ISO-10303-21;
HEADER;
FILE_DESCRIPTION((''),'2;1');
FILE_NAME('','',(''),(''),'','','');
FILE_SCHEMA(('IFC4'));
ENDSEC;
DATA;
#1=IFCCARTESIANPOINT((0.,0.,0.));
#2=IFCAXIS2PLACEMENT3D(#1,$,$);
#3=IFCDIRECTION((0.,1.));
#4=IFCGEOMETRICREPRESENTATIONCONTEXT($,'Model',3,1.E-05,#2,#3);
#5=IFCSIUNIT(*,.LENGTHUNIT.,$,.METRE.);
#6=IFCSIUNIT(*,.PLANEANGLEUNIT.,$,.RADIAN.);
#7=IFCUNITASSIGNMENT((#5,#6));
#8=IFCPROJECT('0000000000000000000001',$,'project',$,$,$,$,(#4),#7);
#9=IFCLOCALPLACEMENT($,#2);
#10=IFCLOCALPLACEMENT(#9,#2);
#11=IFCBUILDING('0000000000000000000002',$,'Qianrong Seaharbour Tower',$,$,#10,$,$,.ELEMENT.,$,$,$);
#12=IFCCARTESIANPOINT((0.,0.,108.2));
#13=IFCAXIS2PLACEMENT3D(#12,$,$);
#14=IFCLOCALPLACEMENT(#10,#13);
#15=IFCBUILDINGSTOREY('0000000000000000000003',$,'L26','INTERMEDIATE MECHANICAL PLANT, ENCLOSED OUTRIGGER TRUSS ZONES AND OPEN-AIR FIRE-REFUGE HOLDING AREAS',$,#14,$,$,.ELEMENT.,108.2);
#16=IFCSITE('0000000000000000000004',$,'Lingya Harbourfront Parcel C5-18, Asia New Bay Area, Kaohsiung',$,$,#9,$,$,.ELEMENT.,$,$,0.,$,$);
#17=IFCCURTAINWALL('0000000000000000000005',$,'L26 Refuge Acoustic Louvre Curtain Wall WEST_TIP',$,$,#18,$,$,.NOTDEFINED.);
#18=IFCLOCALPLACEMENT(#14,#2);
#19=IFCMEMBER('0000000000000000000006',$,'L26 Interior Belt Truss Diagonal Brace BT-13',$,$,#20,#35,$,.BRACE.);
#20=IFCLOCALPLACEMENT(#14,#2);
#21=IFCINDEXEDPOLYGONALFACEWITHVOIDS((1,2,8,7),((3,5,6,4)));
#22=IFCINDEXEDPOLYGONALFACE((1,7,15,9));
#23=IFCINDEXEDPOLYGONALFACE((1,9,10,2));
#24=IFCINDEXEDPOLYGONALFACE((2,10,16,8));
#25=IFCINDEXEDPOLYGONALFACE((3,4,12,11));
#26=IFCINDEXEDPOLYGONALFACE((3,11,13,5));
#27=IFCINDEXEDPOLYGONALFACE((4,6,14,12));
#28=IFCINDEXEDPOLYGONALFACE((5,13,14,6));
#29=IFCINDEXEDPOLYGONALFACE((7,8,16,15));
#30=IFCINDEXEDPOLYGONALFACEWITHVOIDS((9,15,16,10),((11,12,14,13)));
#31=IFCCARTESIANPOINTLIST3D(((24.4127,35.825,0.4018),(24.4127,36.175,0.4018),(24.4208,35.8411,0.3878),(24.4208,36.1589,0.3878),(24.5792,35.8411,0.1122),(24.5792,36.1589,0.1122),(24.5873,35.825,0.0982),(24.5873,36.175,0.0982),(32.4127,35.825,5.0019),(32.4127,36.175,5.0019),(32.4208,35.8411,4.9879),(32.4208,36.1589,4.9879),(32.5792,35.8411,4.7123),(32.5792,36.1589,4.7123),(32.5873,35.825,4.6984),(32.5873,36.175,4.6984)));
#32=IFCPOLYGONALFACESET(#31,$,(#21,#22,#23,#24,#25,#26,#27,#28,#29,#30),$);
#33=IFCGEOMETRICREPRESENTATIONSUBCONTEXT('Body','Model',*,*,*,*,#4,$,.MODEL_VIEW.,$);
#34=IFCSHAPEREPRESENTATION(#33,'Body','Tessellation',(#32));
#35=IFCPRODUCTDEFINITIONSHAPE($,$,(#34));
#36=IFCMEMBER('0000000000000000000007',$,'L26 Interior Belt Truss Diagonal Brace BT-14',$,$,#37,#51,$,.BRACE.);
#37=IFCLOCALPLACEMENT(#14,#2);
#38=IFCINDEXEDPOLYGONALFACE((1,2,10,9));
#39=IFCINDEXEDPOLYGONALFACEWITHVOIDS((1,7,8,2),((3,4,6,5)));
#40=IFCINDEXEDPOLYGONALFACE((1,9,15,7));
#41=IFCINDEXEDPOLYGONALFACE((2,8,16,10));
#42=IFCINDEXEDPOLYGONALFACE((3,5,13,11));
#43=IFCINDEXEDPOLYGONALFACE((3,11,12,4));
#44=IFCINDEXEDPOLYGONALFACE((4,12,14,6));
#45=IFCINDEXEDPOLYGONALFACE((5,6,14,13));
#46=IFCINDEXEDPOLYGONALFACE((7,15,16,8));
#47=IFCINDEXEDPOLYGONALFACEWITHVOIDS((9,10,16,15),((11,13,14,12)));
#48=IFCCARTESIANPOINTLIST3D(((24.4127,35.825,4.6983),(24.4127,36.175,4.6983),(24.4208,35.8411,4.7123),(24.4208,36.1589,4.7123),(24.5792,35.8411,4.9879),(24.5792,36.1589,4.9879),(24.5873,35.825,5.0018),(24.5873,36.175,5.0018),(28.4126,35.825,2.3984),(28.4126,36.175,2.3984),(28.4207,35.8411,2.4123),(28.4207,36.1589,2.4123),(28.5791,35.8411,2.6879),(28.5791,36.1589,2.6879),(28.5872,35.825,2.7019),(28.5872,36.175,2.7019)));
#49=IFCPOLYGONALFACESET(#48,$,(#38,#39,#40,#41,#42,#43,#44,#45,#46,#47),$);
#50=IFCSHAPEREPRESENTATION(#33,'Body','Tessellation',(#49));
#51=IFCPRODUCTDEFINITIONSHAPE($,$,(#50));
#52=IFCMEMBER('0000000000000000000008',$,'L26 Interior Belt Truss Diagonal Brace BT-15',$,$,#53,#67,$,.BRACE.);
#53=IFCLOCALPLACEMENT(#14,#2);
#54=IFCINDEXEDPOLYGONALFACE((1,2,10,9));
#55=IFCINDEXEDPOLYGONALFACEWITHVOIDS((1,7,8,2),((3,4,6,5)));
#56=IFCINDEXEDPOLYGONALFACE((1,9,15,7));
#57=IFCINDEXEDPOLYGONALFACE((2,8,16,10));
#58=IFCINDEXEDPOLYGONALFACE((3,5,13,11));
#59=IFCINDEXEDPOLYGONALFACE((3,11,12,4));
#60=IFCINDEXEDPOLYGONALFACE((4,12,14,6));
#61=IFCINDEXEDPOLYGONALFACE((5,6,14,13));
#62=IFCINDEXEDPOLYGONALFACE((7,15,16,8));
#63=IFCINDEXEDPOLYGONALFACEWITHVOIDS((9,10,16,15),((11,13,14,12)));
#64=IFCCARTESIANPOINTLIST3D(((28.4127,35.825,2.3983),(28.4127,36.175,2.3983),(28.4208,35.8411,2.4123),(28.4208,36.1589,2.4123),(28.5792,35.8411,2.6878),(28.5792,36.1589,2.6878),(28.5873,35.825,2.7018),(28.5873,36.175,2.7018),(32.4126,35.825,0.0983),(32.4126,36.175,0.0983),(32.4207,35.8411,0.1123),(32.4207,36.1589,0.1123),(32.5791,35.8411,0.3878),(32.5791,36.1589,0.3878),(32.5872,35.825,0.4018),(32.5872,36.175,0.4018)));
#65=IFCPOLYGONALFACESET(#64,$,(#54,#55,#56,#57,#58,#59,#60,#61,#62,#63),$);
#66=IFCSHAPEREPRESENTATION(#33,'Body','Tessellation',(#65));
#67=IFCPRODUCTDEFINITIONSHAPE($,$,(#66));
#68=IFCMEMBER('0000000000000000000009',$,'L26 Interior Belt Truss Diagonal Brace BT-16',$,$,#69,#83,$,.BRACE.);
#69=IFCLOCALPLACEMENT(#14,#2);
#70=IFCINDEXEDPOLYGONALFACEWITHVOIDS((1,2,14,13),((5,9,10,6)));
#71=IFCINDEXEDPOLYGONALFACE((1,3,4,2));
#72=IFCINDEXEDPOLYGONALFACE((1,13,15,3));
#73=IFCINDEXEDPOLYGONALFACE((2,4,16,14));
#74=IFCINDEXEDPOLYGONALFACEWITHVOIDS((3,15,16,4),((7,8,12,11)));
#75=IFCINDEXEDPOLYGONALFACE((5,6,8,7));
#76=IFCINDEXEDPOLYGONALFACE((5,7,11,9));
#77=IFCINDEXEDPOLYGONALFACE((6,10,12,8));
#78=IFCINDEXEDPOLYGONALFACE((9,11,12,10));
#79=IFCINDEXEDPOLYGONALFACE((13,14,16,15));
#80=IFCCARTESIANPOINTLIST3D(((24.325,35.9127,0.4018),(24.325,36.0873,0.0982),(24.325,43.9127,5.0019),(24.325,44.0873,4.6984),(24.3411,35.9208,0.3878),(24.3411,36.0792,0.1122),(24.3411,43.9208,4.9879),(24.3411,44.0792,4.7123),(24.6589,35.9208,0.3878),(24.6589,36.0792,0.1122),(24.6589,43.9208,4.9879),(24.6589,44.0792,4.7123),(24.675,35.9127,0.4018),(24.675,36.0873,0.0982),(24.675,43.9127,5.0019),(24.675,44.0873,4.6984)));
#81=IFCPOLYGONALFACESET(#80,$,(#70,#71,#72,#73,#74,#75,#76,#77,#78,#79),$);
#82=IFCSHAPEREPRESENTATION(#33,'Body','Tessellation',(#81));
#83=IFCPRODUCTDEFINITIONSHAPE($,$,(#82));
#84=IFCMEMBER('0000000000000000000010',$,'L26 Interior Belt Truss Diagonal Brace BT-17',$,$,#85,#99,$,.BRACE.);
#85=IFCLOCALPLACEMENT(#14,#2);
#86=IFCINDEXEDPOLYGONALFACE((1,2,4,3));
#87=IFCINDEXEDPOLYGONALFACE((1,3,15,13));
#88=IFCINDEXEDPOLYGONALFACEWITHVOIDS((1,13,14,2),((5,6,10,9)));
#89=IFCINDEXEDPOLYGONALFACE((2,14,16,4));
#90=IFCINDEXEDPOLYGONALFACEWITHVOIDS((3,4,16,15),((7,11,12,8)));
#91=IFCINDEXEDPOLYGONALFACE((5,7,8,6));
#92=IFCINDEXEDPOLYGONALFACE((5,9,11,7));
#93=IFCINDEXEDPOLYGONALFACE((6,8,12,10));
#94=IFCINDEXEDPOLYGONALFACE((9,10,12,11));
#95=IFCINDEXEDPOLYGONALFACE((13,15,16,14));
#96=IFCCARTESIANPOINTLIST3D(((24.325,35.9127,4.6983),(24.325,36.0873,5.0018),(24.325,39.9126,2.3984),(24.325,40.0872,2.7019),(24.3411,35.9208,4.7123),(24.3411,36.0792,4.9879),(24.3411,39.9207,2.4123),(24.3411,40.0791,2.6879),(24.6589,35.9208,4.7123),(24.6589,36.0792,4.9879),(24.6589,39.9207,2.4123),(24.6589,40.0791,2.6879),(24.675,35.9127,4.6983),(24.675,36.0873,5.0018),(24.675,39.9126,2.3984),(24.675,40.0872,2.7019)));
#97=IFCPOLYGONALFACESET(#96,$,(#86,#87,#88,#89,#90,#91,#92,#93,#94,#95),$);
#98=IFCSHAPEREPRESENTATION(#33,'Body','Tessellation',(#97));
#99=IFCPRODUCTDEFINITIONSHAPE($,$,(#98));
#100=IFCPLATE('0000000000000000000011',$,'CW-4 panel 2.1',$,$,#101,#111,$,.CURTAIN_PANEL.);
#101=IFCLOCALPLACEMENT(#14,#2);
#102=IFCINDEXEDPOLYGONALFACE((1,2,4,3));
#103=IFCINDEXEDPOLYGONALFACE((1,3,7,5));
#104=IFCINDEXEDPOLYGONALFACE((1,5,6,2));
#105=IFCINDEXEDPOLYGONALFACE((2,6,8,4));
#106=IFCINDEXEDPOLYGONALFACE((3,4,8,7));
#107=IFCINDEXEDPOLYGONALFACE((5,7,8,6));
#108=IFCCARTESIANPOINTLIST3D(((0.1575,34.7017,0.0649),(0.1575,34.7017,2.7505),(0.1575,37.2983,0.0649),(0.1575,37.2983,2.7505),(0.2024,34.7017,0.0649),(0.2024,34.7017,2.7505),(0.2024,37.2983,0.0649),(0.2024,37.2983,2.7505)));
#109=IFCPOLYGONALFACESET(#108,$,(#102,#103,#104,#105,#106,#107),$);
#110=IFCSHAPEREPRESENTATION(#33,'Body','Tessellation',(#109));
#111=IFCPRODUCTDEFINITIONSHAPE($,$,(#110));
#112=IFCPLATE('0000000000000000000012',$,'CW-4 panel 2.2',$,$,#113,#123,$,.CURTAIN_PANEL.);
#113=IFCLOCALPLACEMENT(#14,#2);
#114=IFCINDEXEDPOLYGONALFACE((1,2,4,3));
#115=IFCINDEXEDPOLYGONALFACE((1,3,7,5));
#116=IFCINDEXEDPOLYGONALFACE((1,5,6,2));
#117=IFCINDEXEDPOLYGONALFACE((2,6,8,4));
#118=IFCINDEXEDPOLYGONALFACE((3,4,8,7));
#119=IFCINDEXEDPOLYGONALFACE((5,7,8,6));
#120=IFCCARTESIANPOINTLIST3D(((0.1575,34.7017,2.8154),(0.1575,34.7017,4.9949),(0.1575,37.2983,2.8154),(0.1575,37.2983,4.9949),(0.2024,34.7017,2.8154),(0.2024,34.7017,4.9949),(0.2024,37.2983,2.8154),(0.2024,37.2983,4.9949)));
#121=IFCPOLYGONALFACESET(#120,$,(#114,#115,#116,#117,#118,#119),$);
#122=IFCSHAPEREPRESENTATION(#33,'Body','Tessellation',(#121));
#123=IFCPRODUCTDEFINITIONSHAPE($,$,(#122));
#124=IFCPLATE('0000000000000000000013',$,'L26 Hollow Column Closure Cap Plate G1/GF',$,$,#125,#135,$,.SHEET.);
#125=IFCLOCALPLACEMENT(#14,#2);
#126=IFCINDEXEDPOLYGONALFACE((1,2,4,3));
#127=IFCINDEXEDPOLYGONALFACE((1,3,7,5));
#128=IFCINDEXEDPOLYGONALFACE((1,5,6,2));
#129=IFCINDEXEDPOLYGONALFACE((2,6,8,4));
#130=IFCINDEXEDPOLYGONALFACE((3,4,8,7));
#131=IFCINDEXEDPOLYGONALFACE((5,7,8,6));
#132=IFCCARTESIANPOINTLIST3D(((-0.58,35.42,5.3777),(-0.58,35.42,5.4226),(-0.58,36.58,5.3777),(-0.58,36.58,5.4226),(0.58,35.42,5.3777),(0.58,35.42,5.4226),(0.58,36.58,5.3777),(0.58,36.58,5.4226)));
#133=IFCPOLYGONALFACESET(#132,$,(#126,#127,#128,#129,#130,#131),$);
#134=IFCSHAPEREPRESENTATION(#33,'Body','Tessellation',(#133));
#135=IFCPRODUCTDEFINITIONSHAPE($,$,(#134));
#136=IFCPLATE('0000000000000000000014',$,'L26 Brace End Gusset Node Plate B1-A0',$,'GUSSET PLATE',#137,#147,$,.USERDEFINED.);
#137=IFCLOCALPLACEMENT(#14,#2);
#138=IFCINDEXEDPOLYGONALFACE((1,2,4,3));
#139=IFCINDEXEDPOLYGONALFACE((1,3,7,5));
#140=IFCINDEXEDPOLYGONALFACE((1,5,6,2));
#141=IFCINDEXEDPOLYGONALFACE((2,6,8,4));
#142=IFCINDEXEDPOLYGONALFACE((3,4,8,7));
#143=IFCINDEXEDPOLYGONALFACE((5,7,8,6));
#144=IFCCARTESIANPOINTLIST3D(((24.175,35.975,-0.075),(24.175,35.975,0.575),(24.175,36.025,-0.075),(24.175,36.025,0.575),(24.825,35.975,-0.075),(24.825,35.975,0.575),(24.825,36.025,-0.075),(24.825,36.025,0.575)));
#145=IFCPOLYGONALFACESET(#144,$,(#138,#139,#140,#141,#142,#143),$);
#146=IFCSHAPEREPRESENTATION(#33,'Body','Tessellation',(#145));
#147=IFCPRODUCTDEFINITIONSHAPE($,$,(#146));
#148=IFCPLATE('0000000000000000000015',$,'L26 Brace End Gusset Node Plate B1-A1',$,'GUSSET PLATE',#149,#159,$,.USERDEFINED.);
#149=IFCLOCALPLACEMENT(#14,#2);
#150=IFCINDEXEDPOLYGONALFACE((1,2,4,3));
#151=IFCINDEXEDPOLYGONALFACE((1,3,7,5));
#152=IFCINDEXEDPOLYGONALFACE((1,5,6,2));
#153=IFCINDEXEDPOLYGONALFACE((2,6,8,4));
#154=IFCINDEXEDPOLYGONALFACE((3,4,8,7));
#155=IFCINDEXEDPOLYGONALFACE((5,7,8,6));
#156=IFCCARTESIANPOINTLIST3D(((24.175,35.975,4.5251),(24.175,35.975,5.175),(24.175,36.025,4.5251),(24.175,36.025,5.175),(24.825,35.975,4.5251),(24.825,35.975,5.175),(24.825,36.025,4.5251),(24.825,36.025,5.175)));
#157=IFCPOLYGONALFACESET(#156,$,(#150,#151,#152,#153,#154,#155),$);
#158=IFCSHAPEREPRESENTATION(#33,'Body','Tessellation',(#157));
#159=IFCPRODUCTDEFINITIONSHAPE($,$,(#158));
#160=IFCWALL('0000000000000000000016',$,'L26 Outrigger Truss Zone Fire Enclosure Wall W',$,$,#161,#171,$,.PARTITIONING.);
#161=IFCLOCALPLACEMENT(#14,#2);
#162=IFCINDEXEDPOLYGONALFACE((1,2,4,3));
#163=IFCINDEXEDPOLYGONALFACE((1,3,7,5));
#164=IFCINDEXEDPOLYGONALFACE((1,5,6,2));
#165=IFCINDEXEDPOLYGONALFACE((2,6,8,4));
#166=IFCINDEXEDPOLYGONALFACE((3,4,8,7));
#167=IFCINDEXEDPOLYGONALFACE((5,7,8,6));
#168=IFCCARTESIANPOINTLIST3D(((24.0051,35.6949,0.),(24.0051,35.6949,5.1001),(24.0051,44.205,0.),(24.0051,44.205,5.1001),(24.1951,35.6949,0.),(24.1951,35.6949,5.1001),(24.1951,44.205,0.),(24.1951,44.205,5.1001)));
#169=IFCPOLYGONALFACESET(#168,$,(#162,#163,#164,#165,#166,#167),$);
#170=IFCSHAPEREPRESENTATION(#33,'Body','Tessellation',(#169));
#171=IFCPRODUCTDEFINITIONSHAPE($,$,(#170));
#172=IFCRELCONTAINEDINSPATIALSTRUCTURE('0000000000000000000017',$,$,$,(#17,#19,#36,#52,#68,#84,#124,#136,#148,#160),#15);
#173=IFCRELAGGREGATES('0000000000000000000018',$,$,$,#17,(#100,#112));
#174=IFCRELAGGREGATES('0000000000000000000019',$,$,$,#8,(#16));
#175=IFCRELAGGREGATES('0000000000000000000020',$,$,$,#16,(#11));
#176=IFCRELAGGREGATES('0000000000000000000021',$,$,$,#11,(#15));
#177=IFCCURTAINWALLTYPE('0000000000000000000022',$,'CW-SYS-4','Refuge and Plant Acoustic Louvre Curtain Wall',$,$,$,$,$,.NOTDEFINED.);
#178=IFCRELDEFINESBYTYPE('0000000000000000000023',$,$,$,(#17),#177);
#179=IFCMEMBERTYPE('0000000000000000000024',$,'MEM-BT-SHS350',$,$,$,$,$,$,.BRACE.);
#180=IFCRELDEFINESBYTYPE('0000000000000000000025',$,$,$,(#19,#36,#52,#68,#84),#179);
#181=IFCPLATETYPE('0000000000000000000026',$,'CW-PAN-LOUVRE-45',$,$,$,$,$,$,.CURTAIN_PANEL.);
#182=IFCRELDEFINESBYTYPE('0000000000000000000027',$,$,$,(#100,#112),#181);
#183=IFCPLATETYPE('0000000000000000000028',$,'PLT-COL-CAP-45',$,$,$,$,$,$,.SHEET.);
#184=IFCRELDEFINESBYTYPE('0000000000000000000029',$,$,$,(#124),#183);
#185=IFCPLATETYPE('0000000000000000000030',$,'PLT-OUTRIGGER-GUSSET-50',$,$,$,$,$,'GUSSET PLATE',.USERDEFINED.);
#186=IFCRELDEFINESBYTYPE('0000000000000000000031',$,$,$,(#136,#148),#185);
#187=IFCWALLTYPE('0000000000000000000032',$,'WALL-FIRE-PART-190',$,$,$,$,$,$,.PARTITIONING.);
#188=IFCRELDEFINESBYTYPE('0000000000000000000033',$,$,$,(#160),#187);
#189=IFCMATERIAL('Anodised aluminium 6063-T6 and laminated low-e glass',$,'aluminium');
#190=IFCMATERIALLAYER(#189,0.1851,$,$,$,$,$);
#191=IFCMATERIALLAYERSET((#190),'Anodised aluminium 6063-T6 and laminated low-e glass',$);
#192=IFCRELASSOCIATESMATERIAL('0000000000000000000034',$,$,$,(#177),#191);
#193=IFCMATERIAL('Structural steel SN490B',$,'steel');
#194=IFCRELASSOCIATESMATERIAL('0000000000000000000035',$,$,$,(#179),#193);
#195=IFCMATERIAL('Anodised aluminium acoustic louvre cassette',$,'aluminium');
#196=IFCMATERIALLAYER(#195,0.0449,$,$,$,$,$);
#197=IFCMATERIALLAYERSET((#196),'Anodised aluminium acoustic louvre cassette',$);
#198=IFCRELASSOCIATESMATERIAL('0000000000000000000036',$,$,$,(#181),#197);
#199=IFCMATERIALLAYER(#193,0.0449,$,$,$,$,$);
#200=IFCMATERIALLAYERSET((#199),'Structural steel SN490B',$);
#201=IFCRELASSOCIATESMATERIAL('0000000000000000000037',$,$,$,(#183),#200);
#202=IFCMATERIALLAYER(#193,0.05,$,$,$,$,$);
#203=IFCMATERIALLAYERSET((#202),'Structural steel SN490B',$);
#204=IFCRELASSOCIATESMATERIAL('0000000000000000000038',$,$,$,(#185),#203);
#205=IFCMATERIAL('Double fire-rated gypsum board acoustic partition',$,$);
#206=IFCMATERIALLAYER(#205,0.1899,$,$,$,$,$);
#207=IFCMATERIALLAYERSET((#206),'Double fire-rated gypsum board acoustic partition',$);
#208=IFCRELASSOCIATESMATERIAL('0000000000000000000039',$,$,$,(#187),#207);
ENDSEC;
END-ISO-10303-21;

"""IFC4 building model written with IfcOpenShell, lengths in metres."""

from ifc_helpers import new_model, si_unit, direction, frame, frame_2d, origin, origin_2d, place, context, subcontext, project, spatial, rectangle, hollow_rectangle, extrude, material, layer, layer_set, material_profile, profile_set, type_object, element, aggregate, save


model = new_model("IFC4")

# Units and contexts
model_context = context("Model", 3, precision=1e-05, world=origin(), true_north=direction((0.0, 1.0)))
body_context = subcontext(model_context, "Body", "Model", "MODEL_VIEW")
ifc_project = project(units=[si_unit("LENGTHUNIT", "METRE"), si_unit("PLANEANGLEUNIT", "RADIAN")], contexts=[model_context])

# Site, building, storey
site_placement = place(None, origin())
site = spatial("IfcSite", under=ifc_project, at=site_placement, Name="Lingya Harbourfront Parcel C5-18, Asia New Bay Area, Kaohsiung", CompositionType="ELEMENT", RefElevation=0.0)
building_placement = place(site_placement, origin())
building = spatial("IfcBuilding", under=site, at=building_placement, Name="Qianrong Seaharbour Tower", CompositionType="ELEMENT")
storey_placement = place(building_placement, frame((0.0, 0.0, 108.2)))
storey = spatial("IfcBuildingStorey", under=building, at=storey_placement, Name="L26", Description="INTERMEDIATE MECHANICAL PLANT, ENCLOSED OUTRIGGER TRUSS ZONES AND OPEN-AIR FIRE-REFUGE HOLDING AREAS", CompositionType="ELEMENT", Elevation=108.2)

# Shared definitions
ifc_material_1 = material(Name="Structural steel SN490B", Category="steel")

# Curtain wall
ifc_material_2 = material(Name="Anodised aluminium 6063-T6 and laminated low-e glass", Category="aluminium")
ifc_layer_1 = layer(ifc_material_2, 0.1851)
ifc_layer_set_1 = layer_set([ifc_layer_1], Name="Anodised aluminium 6063-T6 and laminated low-e glass")
curtain_wall_type = type_object("IfcCurtainWallType", Name="CW-SYS-4", Description="Refuge and Plant Acoustic Louvre Curtain Wall", PredefinedType="NOTDEFINED", material=ifc_layer_set_1)
curtain_wall_placement = place(storey_placement, origin())
curtain_wall = element("IfcCurtainWall", 1, at=curtain_wall_placement, inside=storey, type_object=curtain_wall_type, Name="L26 Refuge Acoustic Louvre Curtain Wall WEST_TIP", PredefinedType="NOTDEFINED")

# Members
ifc_material_profile_1 = material_profile(ifc_material_1, hollow_rectangle(XDim=0.3501, YDim=0.3501, WallThickness=0.0161, at=origin_2d()), Name="SHS350x350x16")
ifc_profile_set_1 = profile_set([ifc_material_profile_1], Name="Structural steel SN490B")
member_type_1 = type_object("IfcMemberType", Name="MEM-BT-SHS350", PredefinedType="BRACE", material=ifc_profile_set_1)
member_1_placement = place(storey_placement, frame((24.5, 36.0, 0.25), z_axis=(0.866902, 0.0, 0.498479), x_axis=(0.0, 1.0, 0.0)))
element("IfcMember", 2, at=member_1_placement, inside=storey, type_object=member_type_1, Name="L26 Interior Belt Truss Diagonal Brace BT-13", PredefinedType="BRACE", context=body_context, shape_type="SweptSolid", body=[
    extrude(hollow_rectangle(XDim=0.3501, YDim=0.3501, WallThickness=0.0161, at=origin_2d()), origin(), (0.0, 0.0, 1.0), 9.2283),
])
for number, where, z_axis, x_axis, name in (
    (3, (24.5, 36.0, 4.8501), (0.866902, 0.0, -0.498479), (0.0, 1.0, 0.0), "L26 Interior Belt Truss Diagonal Brace BT-14"),
    (4, (28.5, 36.0, 2.55), (0.866902, 0.0, -0.498479), (0.0, 1.0, 0.0), "L26 Interior Belt Truss Diagonal Brace BT-15"),
):
    element("IfcMember", number, at=place(storey_placement, frame(where, z_axis=z_axis, x_axis=x_axis)), inside=storey, type_object=member_type_1, Name=name, PredefinedType="BRACE", context=body_context, shape_type="SweptSolid", body=[
        extrude(hollow_rectangle(XDim=0.3501, YDim=0.3501, WallThickness=0.0161, at=origin_2d()), origin(), (0.0, 0.0, 1.0), 4.614),
    ])
member_2_placement = place(storey_placement, frame((24.5, 36.0, 0.25), z_axis=(0.0, 0.866902, 0.498479), x_axis=(-1.0, 0.0, 0.0)))
element("IfcMember", 5, at=member_2_placement, inside=storey, type_object=member_type_1, Name="L26 Interior Belt Truss Diagonal Brace BT-16", PredefinedType="BRACE", context=body_context, shape_type="SweptSolid", body=[
    extrude(hollow_rectangle(XDim=0.3501, YDim=0.3501, WallThickness=0.0161, at=origin_2d()), origin(), (0.0, 0.0, 1.0), 9.2283),
])
member_3_placement = place(storey_placement, frame((24.5, 36.0, 4.8501), z_axis=(0.0, 0.866902, -0.498479), x_axis=(-1.0, 0.0, 0.0)))
element("IfcMember", 6, at=member_3_placement, inside=storey, type_object=member_type_1, Name="L26 Interior Belt Truss Diagonal Brace BT-17", PredefinedType="BRACE", context=body_context, shape_type="SweptSolid", body=[
    extrude(hollow_rectangle(XDim=0.3501, YDim=0.3501, WallThickness=0.0161, at=origin_2d()), origin(), (0.0, 0.0, 1.0), 4.614),
])

# Plates
ifc_material_3 = material(Name="Anodised aluminium acoustic louvre cassette", Category="aluminium")
ifc_layer_2 = layer(ifc_material_3, 0.0449)
ifc_layer_set_2 = layer_set([ifc_layer_2], Name="Anodised aluminium acoustic louvre cassette")
plate_type_1 = type_object("IfcPlateType", Name="CW-PAN-LOUVRE-45", PredefinedType="CURTAIN_PANEL", material=ifc_layer_set_2)
plate_1_placement = place(storey_placement, frame((0.1799, 36.0, 0.0649), z_axis=(0.0, 0.0, 1.0), x_axis=(0.0, 1.0, 0.0)))
plate_1 = element("IfcPlate", 7, at=plate_1_placement, type_object=plate_type_1, Name="CW-4 panel 2.1", PredefinedType="CURTAIN_PANEL", context=body_context, shape_type="SweptSolid", body=[
    extrude(rectangle(XDim=2.5967, YDim=0.0449, at=origin_2d()), origin(), (0.0, 0.0, 1.0), 2.6855),
])
plate_2_placement = place(storey_placement, frame((0.1799, 36.0, 2.8154), z_axis=(0.0, 0.0, 1.0), x_axis=(0.0, 1.0, 0.0)))
plate_2 = element("IfcPlate", 8, at=plate_2_placement, type_object=plate_type_1, Name="CW-4 panel 2.2", PredefinedType="CURTAIN_PANEL", context=body_context, shape_type="SweptSolid", body=[
    extrude(rectangle(XDim=2.5967, YDim=0.0449, at=origin_2d()), origin(), (0.0, 0.0, 1.0), 2.1794),
])
aggregate(curtain_wall, [plate_1, plate_2])

# Plates
ifc_layer_3 = layer(ifc_material_1, 0.0449)
ifc_layer_set_3 = layer_set([ifc_layer_3], Name="Structural steel SN490B")
plate_type_2 = type_object("IfcPlateType", Name="PLT-COL-CAP-45", PredefinedType="SHEET", material=ifc_layer_set_3)
plate_3_placement = place(storey_placement, frame((0.0, 36.0, 5.3777), z_axis=(0.0, 0.0, 1.0), x_axis=(1.0, 0.0, 0.0)))
element("IfcPlate", 9, at=plate_3_placement, inside=storey, type_object=plate_type_2, Name="L26 Hollow Column Closure Cap Plate G1/GF", PredefinedType="SHEET", context=body_context, shape_type="SweptSolid", body=[
    extrude(rectangle(XDim=1.1599, YDim=1.1599, at=origin_2d()), origin(), (0.0, 0.0, 1.0), 0.0449),
])
ifc_layer_4 = layer(ifc_material_1, 0.05)
ifc_layer_set_4 = layer_set([ifc_layer_4], Name="Structural steel SN490B")
plate_type_3 = type_object("IfcPlateType", Name="PLT-OUTRIGGER-GUSSET-50", ElementType="GUSSET PLATE", PredefinedType="USERDEFINED", material=ifc_layer_set_4)
for number, where, z_axis, x_axis, name in (
    (10, (24.5, 36.0, -0.075), (0.0, 0.0, 1.0), (1.0, 0.0, 0.0), "L26 Brace End Gusset Node Plate B1-A0"),
    (11, (24.5, 36.0, 4.5251), (0.0, 0.0, 1.0), (1.0, 0.0, 0.0), "L26 Brace End Gusset Node Plate B1-A1"),
):
    element("IfcPlate", number, at=place(storey_placement, frame(where, z_axis=z_axis, x_axis=x_axis)), inside=storey, type_object=plate_type_3, Name=name, ObjectType="GUSSET PLATE", PredefinedType="USERDEFINED", context=body_context, shape_type="SweptSolid", body=[
        extrude(rectangle(XDim=0.6499, YDim=0.05, at=origin_2d()), origin(), (0.0, 0.0, 1.0), 0.6499),
    ])

# Wall
ifc_material_4 = material(Name="Double fire-rated gypsum board acoustic partition")
ifc_layer_5 = layer(ifc_material_4, 0.1899)
ifc_layer_set_5 = layer_set([ifc_layer_5], Name="Double fire-rated gypsum board acoustic partition")
wall_type = type_object("IfcWallType", Name="WALL-FIRE-PART-190", PredefinedType="PARTITIONING", material=ifc_layer_set_5)
wall_placement = place(storey_placement, frame((24.1001, 35.6951, 0.0), z_axis=(0.0, 0.0, 1.0), x_axis=(0.0, 1.0, 0.0)))
element("IfcWall", 12, at=wall_placement, inside=storey, type_object=wall_type, Name="L26 Outrigger Truss Zone Fire Enclosure Wall W", PredefinedType="PARTITIONING", context=body_context, shape_type="SweptSolid", body=[
    extrude(rectangle(XDim=8.51, YDim=0.1899, at=frame_2d((4.2549, 0.0))), origin(), (0.0, 0.0, 1.0), 5.1001),
])

save(model, "model.ifc")
